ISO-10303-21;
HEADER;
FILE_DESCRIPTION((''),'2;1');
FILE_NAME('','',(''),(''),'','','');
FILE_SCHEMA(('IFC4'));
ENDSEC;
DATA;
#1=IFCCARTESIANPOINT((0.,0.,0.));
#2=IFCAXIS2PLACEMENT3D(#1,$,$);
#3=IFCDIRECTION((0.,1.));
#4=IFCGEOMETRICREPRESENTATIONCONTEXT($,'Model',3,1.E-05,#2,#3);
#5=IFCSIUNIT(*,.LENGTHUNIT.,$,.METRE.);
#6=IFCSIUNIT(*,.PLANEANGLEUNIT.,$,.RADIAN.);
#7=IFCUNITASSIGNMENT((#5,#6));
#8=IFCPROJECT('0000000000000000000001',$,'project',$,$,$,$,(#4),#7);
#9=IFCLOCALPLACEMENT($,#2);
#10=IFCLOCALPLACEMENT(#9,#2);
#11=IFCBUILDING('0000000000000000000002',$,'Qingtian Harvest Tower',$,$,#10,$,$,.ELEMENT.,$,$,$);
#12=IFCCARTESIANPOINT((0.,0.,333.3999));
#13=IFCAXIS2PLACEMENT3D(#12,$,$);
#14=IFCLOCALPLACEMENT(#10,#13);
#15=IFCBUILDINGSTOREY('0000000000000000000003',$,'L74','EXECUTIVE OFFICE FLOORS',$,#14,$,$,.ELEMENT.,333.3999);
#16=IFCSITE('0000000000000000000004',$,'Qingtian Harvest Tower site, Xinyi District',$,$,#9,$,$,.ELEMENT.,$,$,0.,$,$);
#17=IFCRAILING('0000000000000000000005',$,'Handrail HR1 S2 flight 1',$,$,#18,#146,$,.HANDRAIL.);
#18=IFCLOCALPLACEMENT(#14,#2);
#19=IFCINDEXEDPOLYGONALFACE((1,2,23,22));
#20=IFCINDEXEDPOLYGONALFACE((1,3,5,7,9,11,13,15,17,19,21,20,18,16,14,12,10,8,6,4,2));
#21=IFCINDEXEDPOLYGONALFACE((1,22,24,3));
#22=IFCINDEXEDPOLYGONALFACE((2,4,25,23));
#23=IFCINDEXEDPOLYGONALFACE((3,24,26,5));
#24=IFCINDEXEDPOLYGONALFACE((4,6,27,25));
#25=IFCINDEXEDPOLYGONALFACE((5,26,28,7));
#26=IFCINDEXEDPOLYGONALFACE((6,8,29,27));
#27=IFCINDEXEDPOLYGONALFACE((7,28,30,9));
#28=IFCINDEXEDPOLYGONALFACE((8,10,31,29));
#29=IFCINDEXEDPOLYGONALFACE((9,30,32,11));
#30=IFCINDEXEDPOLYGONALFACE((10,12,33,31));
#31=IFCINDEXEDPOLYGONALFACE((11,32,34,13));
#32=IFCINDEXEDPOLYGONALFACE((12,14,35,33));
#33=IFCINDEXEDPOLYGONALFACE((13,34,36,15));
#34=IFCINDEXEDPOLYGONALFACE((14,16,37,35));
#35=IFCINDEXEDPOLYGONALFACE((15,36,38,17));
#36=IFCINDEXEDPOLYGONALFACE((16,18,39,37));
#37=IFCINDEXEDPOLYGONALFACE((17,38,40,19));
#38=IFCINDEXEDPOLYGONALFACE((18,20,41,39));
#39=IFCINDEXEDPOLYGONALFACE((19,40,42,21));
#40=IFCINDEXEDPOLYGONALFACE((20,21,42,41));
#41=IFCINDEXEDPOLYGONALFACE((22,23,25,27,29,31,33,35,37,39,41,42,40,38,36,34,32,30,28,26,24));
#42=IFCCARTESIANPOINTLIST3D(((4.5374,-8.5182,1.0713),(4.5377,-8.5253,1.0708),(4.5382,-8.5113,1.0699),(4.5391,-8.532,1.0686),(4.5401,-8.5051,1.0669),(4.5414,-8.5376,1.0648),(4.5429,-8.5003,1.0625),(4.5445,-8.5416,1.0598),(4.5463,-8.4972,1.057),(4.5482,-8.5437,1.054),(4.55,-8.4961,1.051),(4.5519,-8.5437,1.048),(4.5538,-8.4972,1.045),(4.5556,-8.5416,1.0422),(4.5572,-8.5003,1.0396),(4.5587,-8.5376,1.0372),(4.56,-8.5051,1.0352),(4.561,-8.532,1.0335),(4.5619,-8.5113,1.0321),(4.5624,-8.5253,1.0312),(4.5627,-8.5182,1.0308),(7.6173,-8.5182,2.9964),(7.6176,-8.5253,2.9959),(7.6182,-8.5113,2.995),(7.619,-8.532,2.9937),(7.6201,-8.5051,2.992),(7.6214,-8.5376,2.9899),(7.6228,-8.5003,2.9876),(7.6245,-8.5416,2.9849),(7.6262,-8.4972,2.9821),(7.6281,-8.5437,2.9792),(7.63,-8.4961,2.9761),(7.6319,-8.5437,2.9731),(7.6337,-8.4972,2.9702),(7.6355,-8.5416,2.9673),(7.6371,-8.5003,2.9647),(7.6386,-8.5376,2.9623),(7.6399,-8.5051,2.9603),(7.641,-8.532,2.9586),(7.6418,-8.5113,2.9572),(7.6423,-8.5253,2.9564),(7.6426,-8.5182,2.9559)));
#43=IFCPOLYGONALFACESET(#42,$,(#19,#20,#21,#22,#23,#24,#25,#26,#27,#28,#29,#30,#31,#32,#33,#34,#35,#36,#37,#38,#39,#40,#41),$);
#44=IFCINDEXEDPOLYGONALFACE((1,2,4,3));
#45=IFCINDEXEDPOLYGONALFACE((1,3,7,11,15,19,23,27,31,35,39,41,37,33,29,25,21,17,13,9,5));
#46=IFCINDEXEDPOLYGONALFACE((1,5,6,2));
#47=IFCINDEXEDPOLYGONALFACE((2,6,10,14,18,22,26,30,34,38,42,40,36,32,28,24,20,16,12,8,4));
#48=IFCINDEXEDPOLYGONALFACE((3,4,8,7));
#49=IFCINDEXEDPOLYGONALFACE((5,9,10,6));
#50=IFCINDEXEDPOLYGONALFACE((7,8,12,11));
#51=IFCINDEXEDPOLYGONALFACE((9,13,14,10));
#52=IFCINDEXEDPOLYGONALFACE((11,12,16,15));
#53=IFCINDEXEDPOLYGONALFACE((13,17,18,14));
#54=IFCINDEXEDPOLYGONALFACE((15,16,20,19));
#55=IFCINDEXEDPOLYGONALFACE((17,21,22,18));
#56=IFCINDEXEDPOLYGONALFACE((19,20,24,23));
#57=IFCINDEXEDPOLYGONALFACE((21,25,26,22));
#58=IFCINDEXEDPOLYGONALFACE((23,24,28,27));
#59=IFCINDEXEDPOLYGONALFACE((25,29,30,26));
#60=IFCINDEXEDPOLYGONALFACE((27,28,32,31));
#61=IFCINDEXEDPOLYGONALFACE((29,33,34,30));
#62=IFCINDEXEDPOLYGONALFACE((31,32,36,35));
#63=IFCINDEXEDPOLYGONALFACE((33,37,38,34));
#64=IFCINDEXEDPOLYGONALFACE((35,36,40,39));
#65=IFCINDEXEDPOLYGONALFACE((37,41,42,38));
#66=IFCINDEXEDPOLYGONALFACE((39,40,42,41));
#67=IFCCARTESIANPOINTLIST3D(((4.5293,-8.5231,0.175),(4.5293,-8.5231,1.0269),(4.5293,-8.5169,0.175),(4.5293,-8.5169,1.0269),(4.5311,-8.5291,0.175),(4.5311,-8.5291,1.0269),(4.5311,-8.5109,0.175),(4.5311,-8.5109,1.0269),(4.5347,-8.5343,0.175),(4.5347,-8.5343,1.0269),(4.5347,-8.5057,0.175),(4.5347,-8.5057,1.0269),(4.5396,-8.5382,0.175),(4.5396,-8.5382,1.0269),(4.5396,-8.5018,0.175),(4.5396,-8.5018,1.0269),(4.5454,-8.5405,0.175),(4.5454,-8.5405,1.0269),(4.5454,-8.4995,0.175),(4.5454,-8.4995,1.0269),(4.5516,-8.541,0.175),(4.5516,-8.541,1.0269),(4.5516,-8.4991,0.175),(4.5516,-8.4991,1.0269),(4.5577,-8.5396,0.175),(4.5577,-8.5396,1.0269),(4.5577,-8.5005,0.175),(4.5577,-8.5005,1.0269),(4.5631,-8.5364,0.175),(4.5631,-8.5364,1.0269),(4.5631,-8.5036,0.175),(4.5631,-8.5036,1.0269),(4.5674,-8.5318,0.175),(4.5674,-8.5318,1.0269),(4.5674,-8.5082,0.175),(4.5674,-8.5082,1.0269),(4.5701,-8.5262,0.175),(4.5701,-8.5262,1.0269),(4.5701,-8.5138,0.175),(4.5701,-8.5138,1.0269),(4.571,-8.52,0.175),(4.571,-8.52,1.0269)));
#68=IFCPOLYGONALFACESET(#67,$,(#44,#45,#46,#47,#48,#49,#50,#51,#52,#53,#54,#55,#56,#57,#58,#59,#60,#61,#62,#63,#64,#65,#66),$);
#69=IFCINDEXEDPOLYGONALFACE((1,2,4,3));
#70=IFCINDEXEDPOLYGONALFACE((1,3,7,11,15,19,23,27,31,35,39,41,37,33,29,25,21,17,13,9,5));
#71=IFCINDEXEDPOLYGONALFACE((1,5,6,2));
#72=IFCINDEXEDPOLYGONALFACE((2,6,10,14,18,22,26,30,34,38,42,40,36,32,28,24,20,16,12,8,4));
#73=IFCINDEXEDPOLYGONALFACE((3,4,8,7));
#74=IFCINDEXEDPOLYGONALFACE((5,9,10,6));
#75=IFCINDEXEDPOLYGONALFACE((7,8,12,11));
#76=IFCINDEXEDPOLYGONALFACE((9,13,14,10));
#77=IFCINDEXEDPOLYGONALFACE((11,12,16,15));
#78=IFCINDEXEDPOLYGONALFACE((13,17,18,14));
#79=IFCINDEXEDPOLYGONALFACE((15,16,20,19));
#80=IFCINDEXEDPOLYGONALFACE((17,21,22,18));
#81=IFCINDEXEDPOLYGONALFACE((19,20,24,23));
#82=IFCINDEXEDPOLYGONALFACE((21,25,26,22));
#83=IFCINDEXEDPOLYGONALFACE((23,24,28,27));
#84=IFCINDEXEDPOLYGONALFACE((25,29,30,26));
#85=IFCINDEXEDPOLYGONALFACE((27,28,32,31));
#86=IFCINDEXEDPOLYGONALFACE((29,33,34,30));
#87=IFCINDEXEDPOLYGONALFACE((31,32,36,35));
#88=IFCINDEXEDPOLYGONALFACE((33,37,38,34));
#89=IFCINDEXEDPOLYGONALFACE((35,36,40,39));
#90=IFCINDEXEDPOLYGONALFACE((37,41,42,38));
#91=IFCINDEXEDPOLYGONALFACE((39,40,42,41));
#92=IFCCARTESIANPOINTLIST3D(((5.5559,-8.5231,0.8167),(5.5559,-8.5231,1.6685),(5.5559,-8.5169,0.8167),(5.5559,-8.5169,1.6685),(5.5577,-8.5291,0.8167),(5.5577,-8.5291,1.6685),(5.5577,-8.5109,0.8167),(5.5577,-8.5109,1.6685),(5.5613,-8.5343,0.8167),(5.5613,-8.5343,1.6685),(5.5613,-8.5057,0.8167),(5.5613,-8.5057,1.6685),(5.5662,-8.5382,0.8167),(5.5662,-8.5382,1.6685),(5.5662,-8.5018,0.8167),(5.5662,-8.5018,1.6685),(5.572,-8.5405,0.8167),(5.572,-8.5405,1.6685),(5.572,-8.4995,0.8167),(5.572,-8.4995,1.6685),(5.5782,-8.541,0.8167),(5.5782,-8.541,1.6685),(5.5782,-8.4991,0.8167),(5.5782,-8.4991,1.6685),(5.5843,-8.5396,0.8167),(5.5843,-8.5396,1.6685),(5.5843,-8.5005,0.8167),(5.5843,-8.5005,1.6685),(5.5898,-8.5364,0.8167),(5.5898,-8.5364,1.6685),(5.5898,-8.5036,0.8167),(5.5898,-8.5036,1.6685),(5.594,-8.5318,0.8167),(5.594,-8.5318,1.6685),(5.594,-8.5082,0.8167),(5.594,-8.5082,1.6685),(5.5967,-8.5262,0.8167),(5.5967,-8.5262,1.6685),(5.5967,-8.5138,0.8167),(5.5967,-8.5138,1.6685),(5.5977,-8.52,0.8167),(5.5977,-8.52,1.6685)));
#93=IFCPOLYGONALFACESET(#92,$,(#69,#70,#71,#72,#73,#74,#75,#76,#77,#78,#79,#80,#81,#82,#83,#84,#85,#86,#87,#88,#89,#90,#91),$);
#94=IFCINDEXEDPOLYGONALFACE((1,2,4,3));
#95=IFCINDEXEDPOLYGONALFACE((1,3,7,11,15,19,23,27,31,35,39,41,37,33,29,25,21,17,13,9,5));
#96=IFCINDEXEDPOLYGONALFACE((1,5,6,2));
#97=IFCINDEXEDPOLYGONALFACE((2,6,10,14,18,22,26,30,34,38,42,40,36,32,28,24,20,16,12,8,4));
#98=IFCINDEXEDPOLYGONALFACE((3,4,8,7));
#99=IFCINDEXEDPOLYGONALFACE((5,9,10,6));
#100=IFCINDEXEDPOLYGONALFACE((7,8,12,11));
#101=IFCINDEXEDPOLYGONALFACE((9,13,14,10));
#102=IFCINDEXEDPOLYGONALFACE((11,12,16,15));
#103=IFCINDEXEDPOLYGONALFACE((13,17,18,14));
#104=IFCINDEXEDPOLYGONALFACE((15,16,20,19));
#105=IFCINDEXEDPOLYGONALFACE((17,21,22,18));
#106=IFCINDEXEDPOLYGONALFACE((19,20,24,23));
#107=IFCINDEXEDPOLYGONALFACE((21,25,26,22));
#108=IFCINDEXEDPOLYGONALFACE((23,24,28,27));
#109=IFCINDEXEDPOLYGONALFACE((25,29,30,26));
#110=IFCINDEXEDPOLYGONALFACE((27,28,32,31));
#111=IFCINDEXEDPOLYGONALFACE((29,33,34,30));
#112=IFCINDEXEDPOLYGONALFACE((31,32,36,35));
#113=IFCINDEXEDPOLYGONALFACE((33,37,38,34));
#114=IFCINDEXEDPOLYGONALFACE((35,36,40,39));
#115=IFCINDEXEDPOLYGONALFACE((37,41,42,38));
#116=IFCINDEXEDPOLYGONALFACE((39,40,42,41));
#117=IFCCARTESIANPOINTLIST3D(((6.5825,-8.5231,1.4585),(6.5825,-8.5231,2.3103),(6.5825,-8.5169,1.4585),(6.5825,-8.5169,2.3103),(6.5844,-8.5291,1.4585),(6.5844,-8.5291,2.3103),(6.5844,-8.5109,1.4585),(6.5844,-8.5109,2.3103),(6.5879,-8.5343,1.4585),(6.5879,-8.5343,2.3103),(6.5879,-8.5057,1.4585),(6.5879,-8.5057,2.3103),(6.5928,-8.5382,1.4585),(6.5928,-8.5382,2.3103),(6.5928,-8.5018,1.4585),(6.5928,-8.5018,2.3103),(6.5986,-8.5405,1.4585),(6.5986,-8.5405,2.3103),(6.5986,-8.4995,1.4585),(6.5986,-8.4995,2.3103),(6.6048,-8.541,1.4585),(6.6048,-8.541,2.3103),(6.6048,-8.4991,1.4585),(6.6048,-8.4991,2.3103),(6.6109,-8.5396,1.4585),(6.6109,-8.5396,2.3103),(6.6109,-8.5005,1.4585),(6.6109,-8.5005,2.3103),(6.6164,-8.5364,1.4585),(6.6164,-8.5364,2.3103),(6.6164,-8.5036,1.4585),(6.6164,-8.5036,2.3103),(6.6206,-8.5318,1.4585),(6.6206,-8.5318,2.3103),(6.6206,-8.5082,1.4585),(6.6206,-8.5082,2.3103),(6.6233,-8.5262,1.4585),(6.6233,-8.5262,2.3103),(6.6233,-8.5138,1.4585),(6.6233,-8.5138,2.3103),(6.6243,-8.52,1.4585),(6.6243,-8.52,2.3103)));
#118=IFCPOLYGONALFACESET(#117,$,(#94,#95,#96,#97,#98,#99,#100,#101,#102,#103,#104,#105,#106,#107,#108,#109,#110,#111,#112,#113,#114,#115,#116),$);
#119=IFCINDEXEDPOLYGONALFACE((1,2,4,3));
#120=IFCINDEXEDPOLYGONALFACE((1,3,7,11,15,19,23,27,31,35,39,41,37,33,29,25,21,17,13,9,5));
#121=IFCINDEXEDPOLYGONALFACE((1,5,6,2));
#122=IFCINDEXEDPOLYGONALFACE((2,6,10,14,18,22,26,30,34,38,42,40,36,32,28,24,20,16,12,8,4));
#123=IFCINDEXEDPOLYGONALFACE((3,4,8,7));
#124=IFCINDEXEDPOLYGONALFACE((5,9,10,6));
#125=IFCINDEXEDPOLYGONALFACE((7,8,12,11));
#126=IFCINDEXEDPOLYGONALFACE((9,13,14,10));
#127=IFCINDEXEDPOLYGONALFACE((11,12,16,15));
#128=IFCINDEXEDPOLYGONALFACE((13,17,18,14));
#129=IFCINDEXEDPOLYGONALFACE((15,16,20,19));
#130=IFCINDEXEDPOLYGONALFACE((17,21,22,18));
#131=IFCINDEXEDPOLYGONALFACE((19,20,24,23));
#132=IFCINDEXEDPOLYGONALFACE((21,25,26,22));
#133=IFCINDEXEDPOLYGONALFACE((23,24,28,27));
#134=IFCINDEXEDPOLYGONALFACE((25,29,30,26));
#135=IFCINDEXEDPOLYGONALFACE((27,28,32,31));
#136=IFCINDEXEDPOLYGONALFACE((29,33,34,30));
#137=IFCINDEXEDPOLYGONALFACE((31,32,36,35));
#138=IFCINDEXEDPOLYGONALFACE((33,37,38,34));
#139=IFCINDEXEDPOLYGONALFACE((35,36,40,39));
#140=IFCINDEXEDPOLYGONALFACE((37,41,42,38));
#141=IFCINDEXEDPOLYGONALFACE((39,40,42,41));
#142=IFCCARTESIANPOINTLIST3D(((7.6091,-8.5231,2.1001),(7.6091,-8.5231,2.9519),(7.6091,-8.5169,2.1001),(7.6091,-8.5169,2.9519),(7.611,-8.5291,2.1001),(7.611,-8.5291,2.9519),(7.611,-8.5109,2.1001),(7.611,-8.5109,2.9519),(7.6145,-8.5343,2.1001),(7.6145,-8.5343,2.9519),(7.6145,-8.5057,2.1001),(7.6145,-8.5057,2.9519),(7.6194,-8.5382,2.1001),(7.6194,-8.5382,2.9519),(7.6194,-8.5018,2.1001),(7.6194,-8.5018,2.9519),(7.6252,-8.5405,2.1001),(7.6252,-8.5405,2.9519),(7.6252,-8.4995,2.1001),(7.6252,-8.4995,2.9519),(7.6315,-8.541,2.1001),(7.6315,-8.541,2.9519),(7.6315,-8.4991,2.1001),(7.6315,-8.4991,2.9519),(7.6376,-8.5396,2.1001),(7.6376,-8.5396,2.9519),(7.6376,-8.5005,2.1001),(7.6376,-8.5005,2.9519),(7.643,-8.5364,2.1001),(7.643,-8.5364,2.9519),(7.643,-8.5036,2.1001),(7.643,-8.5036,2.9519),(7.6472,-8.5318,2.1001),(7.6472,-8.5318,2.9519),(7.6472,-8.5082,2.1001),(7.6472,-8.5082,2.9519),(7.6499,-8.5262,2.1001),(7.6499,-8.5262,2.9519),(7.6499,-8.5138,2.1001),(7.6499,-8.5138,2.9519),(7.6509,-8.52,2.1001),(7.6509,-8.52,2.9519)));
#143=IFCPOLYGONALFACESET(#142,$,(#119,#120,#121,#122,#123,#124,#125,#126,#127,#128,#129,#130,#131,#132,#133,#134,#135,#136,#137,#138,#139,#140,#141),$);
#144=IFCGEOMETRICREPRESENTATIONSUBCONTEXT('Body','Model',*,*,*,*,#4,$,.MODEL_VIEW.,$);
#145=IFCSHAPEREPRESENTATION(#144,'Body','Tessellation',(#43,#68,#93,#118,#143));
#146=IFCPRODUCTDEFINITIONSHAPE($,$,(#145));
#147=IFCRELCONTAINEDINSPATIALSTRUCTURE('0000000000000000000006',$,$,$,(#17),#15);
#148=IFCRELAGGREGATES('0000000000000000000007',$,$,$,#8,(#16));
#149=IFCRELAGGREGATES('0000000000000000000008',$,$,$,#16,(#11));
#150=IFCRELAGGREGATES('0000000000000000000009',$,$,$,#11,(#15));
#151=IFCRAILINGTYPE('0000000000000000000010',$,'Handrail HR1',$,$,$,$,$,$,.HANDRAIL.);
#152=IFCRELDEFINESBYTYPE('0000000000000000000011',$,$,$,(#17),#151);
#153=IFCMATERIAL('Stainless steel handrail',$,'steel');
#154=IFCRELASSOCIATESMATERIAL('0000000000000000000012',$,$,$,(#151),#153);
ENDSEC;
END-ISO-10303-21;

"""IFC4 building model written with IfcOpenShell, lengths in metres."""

from ifc_helpers import new_model, si_unit, direction, frame, origin, origin_2d, place, context, subcontext, project, spatial, circle, extrude, material, type_object, element, save


model = new_model("IFC4")

# Units and contexts
model_context = context("Model", 3, precision=1e-05, world=origin(), true_north=direction((0.0, 1.0)))
body_context = subcontext(model_context, "Body", "Model", "MODEL_VIEW")
ifc_project = project(units=[si_unit("LENGTHUNIT", "METRE"), si_unit("PLANEANGLEUNIT", "RADIAN")], contexts=[model_context])

# Site, building, storey
site_placement = place(None, origin())
site = spatial("IfcSite", under=ifc_project, at=site_placement, Name="Qingtian Harvest Tower site, Xinyi District", CompositionType="ELEMENT", RefElevation=0.0)
building_placement = place(site_placement, origin())
building = spatial("IfcBuilding", under=site, at=building_placement, Name="Qingtian Harvest Tower", CompositionType="ELEMENT")
storey_placement = place(building_placement, frame((0.0, 0.0, 333.3999)))
storey = spatial("IfcBuildingStorey", under=building, at=storey_placement, Name="L74", Description="EXECUTIVE OFFICE FLOORS", CompositionType="ELEMENT", Elevation=333.3999)

# Railing
ifc_material_1 = material(Name="Stainless steel handrail", Category="steel")
railing_type = type_object("IfcRailingType", Name="Handrail HR1", PredefinedType="HANDRAIL", material=ifc_material_1)
railing_1_placement = place(storey_placement, frame((4.55, -8.52, 0.175)))
element("IfcRailing", 1, at=railing_1_placement, inside=storey, type_object=railing_type, Name="Handrail HR1 S2 flight 1", PredefinedType="HANDRAIL", context=body_context, shape_type="SweptSolid", body=[
    extrude(circle(Radius=0.0239, at=origin_2d()), frame((0.0, 0.0, 0.876), z_axis=(0.847979, 0.0, 0.530029), x_axis=(0.0, 1.0, 0.0)), (0.0, 0.0, 1.0), 3.6321),
    extrude(circle(Radius=0.021, at=origin_2d()), origin(), (0.0, 0.0, 1.0), 0.8518),
    extrude(circle(Radius=0.021, at=origin_2d()), frame((1.0266, 0.0, 0.6416)), (0.0, 0.0, 1.0), 0.8518),
    extrude(circle(Radius=0.021, at=origin_2d()), frame((2.0532, 0.0, 1.2834)), (0.0, 0.0, 1.0), 0.8518),
    extrude(circle(Radius=0.021, at=origin_2d()), frame((3.0798, 0.0, 1.925)), (0.0, 0.0, 1.0), 0.8518),
])

save(model, "model.ifc")
